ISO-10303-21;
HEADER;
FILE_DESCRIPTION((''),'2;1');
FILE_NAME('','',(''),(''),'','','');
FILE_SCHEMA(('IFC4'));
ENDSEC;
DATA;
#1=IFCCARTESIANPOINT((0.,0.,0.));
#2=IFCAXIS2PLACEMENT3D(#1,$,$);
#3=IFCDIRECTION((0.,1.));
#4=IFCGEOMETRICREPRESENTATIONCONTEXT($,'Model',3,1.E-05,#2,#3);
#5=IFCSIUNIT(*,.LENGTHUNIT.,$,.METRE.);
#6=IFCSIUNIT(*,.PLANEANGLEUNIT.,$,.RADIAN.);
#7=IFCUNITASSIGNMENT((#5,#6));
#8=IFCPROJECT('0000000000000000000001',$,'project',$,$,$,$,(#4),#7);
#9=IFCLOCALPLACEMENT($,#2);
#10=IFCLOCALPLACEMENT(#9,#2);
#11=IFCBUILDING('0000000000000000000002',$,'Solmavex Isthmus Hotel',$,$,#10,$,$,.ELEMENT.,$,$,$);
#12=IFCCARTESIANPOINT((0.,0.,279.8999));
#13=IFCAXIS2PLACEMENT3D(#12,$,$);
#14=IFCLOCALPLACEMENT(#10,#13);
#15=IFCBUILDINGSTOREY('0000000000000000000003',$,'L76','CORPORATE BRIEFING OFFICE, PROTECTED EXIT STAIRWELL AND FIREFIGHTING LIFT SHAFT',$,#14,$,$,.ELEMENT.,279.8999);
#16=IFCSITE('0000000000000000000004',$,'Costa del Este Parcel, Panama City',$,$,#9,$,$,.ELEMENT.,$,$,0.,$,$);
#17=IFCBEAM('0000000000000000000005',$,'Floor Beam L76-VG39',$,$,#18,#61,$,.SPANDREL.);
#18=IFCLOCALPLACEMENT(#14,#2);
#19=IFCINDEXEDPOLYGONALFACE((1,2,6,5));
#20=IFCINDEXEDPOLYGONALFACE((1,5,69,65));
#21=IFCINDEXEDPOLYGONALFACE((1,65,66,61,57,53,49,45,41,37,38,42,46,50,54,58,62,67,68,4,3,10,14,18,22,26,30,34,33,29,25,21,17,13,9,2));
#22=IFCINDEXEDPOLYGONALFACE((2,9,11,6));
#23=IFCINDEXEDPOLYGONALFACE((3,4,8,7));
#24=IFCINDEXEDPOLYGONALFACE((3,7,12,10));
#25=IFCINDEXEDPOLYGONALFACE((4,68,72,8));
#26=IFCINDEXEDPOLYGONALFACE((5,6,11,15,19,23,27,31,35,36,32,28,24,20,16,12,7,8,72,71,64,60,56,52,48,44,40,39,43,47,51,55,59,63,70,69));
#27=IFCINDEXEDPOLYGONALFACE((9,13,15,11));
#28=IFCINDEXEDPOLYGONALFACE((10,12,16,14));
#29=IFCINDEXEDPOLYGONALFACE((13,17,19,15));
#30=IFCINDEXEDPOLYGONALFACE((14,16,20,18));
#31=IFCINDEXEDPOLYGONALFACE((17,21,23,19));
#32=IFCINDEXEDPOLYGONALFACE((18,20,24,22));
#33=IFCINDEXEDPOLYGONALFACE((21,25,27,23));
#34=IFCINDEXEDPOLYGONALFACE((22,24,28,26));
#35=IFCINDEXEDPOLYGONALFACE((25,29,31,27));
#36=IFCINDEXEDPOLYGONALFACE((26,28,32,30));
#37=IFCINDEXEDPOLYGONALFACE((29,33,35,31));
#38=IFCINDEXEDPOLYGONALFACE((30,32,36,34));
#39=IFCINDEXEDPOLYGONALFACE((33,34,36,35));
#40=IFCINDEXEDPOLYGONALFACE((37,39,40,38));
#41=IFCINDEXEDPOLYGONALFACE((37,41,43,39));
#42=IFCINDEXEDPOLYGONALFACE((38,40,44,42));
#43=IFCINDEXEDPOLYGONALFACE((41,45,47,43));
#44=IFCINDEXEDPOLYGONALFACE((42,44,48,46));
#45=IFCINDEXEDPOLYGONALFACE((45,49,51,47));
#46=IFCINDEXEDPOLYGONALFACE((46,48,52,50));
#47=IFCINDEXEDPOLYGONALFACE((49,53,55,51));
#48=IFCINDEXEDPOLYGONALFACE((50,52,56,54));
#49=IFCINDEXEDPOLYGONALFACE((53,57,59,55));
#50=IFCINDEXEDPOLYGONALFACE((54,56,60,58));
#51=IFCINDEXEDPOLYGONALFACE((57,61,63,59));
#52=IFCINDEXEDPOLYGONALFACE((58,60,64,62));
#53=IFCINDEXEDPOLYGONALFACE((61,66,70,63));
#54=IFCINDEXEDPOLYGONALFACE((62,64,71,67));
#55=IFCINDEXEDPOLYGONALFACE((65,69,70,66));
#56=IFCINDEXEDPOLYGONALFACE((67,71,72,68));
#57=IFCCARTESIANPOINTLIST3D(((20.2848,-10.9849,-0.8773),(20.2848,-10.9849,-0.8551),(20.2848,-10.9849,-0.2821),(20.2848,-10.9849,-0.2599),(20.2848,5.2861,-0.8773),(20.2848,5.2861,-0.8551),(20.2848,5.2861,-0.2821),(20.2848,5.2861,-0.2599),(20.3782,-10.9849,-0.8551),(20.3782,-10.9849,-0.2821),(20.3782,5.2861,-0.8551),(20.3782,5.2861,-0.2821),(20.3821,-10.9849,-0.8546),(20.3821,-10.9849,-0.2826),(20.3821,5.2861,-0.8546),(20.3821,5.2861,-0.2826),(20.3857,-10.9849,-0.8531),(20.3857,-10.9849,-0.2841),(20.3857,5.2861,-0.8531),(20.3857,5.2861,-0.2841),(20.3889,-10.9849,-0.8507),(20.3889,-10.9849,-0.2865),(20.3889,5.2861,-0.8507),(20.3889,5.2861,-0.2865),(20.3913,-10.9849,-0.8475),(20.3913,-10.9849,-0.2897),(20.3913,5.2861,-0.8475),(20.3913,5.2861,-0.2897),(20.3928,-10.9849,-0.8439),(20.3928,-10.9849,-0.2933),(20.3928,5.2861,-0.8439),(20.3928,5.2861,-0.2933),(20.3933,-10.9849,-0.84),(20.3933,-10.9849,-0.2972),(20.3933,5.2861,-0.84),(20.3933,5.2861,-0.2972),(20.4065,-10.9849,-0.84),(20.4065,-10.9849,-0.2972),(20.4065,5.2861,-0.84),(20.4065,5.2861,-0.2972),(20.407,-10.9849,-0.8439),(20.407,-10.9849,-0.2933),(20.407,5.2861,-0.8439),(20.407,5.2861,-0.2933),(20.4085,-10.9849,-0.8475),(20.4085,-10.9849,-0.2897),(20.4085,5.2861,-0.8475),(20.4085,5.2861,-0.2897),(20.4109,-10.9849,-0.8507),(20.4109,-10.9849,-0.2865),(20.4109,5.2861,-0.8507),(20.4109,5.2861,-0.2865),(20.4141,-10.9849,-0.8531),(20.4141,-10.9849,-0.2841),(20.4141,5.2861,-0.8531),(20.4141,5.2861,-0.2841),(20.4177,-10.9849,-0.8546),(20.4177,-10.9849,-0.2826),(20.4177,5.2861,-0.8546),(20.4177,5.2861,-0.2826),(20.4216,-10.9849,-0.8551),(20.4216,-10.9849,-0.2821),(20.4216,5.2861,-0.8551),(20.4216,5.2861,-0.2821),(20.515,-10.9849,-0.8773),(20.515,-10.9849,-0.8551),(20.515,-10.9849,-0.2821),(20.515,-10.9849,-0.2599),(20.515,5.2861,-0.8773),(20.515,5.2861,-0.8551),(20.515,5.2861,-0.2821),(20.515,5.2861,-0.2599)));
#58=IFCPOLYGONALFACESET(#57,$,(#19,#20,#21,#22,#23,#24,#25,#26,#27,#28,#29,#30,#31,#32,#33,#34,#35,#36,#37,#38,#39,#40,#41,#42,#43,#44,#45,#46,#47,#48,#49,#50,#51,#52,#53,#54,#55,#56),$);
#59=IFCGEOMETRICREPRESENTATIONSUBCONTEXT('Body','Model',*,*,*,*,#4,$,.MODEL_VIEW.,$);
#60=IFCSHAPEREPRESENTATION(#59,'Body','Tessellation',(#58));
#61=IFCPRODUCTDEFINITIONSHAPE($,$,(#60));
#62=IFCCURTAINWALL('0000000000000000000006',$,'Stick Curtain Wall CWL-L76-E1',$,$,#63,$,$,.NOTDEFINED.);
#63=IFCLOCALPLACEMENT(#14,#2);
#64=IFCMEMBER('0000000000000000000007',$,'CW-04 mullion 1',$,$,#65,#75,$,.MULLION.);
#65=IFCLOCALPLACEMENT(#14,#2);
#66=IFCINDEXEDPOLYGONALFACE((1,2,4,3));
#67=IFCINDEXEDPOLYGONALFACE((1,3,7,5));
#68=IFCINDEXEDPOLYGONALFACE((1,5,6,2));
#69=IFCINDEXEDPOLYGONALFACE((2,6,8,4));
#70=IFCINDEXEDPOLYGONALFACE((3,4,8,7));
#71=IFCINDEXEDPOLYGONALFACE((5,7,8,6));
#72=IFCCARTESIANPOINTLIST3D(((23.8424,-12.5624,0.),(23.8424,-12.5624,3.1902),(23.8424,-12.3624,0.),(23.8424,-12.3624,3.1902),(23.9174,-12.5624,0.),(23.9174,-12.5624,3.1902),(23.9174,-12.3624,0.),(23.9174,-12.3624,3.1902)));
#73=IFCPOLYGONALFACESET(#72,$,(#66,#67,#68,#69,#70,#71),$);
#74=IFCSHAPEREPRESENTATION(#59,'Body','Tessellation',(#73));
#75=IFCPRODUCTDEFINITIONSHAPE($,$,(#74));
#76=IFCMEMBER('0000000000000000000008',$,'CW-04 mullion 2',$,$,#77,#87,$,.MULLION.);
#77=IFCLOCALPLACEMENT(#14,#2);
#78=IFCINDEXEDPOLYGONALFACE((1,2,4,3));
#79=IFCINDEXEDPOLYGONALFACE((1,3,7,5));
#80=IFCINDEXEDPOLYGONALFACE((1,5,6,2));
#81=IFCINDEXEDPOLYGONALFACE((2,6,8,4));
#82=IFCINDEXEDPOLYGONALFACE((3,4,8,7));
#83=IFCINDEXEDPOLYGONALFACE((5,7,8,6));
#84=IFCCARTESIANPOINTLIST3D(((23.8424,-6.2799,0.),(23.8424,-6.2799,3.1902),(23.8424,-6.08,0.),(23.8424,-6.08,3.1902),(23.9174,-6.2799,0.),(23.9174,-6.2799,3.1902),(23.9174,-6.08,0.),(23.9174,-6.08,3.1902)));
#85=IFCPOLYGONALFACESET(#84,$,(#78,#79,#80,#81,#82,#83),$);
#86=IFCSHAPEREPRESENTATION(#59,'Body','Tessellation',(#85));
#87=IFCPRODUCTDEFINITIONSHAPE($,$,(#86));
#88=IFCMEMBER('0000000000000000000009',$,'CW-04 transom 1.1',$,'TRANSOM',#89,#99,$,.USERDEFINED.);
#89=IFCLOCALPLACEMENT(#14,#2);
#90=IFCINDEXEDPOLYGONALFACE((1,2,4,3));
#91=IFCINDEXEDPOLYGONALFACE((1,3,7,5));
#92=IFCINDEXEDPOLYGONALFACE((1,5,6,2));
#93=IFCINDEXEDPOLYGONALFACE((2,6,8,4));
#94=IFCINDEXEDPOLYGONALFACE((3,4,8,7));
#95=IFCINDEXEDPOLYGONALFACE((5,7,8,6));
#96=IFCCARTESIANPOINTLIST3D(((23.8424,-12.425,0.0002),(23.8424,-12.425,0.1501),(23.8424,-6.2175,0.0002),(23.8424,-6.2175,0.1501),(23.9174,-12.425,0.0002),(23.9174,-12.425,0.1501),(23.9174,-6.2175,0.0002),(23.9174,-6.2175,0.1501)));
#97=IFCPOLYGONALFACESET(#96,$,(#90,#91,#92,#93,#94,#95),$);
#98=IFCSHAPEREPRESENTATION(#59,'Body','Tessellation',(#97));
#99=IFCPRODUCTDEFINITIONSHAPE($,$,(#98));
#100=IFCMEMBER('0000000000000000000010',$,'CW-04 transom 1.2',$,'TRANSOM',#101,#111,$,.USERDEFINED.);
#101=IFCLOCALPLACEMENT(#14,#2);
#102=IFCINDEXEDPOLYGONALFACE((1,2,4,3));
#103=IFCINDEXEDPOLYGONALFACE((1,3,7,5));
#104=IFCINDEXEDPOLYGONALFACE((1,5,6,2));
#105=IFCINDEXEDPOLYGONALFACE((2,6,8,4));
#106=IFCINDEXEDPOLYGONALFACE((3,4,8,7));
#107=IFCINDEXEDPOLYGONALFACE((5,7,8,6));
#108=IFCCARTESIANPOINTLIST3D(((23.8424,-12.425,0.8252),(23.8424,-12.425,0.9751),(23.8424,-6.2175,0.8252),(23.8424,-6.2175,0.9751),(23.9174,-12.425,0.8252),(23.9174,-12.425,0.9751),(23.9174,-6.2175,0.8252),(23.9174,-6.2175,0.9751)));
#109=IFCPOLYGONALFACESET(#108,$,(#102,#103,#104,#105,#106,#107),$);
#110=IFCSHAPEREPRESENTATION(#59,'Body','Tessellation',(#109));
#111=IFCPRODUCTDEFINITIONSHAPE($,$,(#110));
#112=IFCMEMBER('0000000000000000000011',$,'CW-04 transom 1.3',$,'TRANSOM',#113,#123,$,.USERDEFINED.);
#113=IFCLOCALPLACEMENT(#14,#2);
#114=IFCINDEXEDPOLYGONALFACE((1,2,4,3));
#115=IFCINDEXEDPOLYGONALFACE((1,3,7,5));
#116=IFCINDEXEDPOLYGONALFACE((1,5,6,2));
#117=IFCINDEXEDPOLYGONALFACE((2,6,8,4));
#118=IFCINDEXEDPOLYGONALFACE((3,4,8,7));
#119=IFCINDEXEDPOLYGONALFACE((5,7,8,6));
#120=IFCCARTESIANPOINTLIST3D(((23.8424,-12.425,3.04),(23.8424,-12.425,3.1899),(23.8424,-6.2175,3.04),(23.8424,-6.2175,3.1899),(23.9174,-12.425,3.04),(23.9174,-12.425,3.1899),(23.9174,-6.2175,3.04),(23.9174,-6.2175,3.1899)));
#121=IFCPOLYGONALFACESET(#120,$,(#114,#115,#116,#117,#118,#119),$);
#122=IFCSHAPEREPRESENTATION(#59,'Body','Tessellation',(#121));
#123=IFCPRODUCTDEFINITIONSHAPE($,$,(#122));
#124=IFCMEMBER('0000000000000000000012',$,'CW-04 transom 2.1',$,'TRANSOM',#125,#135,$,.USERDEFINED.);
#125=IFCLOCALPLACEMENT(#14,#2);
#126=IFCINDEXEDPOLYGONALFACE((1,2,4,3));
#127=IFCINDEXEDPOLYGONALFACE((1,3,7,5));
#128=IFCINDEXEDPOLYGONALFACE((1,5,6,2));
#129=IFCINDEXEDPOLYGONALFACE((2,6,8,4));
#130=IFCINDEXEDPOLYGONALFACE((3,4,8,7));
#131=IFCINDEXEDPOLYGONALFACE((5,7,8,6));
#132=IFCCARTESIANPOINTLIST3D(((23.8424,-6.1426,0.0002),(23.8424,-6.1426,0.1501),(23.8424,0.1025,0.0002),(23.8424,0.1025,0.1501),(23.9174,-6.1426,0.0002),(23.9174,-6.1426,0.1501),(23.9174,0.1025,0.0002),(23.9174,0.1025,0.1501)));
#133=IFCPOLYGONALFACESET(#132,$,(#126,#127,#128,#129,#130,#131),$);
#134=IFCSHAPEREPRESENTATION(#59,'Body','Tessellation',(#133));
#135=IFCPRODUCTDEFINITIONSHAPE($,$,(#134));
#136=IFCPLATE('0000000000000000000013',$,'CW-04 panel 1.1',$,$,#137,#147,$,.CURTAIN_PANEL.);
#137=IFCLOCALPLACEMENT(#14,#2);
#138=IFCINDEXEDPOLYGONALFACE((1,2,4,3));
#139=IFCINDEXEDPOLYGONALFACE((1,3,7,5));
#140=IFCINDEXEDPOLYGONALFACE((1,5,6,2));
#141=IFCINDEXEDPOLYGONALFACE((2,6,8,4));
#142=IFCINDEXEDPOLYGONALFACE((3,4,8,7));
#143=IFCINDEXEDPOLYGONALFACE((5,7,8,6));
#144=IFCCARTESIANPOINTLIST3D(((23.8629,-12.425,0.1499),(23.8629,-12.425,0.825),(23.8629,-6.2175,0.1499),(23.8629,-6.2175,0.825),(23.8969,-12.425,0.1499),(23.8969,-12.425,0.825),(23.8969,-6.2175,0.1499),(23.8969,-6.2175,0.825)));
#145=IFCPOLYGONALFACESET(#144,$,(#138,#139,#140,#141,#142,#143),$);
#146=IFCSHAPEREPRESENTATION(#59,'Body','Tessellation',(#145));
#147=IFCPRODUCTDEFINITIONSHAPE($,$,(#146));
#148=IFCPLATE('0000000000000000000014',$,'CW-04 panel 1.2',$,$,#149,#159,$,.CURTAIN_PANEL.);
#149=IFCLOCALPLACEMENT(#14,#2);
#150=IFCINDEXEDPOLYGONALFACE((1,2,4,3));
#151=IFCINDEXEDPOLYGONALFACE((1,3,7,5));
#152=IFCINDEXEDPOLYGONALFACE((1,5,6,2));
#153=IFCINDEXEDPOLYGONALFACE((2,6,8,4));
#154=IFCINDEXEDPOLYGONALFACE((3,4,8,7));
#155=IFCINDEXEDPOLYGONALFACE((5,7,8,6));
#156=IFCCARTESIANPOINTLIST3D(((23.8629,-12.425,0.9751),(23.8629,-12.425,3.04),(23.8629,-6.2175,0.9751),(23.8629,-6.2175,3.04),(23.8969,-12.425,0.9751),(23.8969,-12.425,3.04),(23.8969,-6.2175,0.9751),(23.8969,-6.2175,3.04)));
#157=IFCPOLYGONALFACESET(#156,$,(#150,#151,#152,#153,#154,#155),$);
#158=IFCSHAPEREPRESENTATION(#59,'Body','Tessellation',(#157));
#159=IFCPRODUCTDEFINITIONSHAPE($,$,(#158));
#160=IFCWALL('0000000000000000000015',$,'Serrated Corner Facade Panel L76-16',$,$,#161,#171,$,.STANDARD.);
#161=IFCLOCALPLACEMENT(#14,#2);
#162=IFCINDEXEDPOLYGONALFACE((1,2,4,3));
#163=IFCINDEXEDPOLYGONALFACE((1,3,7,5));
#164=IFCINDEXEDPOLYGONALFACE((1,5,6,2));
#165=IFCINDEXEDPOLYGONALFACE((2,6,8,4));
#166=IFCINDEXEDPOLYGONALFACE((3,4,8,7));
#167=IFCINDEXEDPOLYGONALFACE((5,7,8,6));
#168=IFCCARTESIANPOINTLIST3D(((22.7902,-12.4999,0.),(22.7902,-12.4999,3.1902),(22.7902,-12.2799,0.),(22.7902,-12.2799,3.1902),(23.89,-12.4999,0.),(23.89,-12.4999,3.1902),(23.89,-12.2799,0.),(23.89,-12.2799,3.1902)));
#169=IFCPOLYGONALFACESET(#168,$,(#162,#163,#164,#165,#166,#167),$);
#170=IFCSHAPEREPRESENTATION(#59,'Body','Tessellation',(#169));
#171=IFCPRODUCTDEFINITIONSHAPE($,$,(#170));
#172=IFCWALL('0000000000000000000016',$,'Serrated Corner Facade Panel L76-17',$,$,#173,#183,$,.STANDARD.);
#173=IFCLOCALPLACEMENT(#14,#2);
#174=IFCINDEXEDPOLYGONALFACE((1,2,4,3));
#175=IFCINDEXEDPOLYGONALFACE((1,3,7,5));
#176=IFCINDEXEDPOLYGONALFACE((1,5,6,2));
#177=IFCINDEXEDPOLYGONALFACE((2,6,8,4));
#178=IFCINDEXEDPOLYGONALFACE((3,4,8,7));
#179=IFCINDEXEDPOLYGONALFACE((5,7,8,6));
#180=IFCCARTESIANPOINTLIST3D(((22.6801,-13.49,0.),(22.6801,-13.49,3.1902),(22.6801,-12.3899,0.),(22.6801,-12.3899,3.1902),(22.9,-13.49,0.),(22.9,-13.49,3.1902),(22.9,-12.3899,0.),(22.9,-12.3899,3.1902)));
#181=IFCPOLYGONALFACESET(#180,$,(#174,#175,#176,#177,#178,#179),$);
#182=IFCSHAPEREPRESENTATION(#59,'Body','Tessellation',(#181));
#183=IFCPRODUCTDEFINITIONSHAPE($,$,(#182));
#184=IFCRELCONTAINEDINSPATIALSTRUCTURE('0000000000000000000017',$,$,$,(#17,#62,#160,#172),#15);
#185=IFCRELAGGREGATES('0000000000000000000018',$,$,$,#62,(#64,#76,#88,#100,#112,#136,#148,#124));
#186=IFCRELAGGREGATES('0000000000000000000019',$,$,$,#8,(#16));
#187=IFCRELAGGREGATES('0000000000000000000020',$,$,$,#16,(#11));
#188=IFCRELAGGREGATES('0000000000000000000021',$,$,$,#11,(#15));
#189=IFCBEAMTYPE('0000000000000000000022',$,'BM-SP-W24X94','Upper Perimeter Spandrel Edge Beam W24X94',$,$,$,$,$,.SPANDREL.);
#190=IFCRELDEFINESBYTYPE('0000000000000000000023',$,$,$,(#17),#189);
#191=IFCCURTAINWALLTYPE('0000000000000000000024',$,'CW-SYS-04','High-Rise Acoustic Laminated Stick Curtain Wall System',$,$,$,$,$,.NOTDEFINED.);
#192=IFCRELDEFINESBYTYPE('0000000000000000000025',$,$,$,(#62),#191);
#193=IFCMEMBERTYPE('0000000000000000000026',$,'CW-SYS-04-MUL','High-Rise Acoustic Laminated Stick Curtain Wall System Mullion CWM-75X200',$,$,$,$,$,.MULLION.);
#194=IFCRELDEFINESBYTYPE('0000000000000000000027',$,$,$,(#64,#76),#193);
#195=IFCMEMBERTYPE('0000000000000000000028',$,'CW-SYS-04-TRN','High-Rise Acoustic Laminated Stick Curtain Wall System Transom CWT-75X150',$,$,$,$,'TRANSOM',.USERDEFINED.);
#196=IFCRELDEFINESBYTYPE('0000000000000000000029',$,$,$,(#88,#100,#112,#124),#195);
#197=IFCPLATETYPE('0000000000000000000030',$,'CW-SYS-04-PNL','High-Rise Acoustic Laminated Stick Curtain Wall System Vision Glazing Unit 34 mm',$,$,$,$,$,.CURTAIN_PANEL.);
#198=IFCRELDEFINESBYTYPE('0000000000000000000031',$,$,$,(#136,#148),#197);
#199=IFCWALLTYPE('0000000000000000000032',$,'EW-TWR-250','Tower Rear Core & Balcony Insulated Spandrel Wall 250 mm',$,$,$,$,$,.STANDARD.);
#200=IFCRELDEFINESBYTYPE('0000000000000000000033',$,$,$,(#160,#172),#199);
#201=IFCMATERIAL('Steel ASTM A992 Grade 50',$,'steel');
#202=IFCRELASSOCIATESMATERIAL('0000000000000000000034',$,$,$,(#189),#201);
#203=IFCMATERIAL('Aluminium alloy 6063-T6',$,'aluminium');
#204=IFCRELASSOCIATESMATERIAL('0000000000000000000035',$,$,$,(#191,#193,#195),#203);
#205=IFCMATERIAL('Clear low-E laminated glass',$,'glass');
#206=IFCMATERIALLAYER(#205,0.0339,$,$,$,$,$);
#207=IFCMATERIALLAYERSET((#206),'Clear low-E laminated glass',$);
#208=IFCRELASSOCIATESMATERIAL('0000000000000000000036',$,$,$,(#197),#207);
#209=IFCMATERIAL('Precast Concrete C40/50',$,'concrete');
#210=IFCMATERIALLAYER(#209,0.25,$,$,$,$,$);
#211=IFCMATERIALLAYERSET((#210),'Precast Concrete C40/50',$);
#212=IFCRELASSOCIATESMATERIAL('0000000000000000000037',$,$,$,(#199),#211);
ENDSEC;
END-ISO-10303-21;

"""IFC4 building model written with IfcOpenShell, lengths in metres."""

from ifc_helpers import new_model, si_unit, direction, frame, frame_2d, origin, origin_2d, place, context, subcontext, project, spatial, rectangle, i_section, extrude, material, layer, layer_set, material_profile, profile_set, type_object, element, aggregate, save


model = new_model("IFC4")

# Units and contexts
model_context = context("Model", 3, precision=1e-05, world=origin(), true_north=direction((0.0, 1.0)))
body_context = subcontext(model_context, "Body", "Model", "MODEL_VIEW")
ifc_project = project(units=[si_unit("LENGTHUNIT", "METRE"), si_unit("PLANEANGLEUNIT", "RADIAN")], contexts=[model_context])

# Site, building, storey
site_placement = place(None, origin())
site = spatial("IfcSite", under=ifc_project, at=site_placement, Name="Costa del Este Parcel, Panama City", CompositionType="ELEMENT", RefElevation=0.0)
building_placement = place(site_placement, origin())
building = spatial("IfcBuilding", under=site, at=building_placement, Name="Solmavex Isthmus Hotel", CompositionType="ELEMENT")
storey_placement = place(building_placement, frame((0.0, 0.0, 279.8999)))
storey = spatial("IfcBuildingStorey", under=building, at=storey_placement, Name="L76", Description="CORPORATE BRIEFING OFFICE, PROTECTED EXIT STAIRWELL AND FIREFIGHTING LIFT SHAFT", CompositionType="ELEMENT", Elevation=279.8999)

# Beam
ifc_material_1 = material(Name="Steel ASTM A992 Grade 50", Category="steel")
ifc_material_profile_1 = material_profile(ifc_material_1, i_section(OverallWidth=0.2302, OverallDepth=0.6174, WebThickness=0.0132, FlangeThickness=0.0222, FilletRadius=0.0151, at=origin_2d()), Name="W24X94")
ifc_profile_set_1 = profile_set([ifc_material_profile_1], Name="Steel ASTM A992 Grade 50")
beam_type_1 = type_object("IfcBeamType", Name="BM-SP-W24X94", Description="Upper Perimeter Spandrel Edge Beam W24X94", PredefinedType="SPANDREL", material=ifc_profile_set_1)
beam_1_placement = place(storey_placement, frame((20.3999, -10.9849, -0.5686), z_axis=(0.0, 1.0, 0.0), x_axis=(-1.0, 0.0, 0.0)))
element("IfcBeam", 1, at=beam_1_placement, inside=storey, type_object=beam_type_1, Name="Floor Beam L76-VG39", PredefinedType="SPANDREL", context=body_context, shape_type="SweptSolid", body=[
    extrude(i_section(OverallWidth=0.2302, OverallDepth=0.6174, WebThickness=0.0132, FlangeThickness=0.0222, FilletRadius=0.0151, at=origin_2d()), origin(), (0.0, 0.0, 1.0), 16.271),
])

# Curtain wall, members, plates
ifc_material_2 = material(Name="Aluminium alloy 6063-T6", Category="aluminium")
curtain_wall_type = type_object("IfcCurtainWallType", Name="CW-SYS-04", Description="High-Rise Acoustic Laminated Stick Curtain Wall System", PredefinedType="NOTDEFINED", material=ifc_material_2)
curtain_wall_placement = place(storey_placement, origin())
curtain_wall = element("IfcCurtainWall", 2, at=curtain_wall_placement, inside=storey, type_object=curtain_wall_type, Name="Stick Curtain Wall CWL-L76-E1", PredefinedType="NOTDEFINED")
ifc_material_profile_2 = material_profile(ifc_material_2, rectangle(XDim=0.075, YDim=0.2, at=origin_2d()), Name="CWM-75X200")
ifc_profile_set_2 = profile_set([ifc_material_profile_2], Name="Aluminium alloy 6063-T6")
member_type_1 = type_object("IfcMemberType", Name="CW-SYS-04-MUL", Description="High-Rise Acoustic Laminated Stick Curtain Wall System Mullion CWM-75X200", PredefinedType="MULLION", material=ifc_profile_set_2)
member_1_placement = place(storey_placement, frame((23.8799, -12.4624, 0.0), z_axis=(0.0, 0.0, 1.0), x_axis=(-1.0, 0.0, 0.0)))
member_1 = element("IfcMember", 3, at=member_1_placement, type_object=member_type_1, Name="CW-04 mullion 1", PredefinedType="MULLION", context=body_context, shape_type="SweptSolid", body=[
    extrude(rectangle(XDim=0.075, YDim=0.2, at=origin_2d()), origin(), (0.0, 0.0, 1.0), 3.1902),
])
member_2_placement = place(storey_placement, frame((23.8799, -6.1799, 0.0), z_axis=(0.0, 0.0, 1.0), x_axis=(-1.0, 0.0, 0.0)))
member_2 = element("IfcMember", 4, at=member_2_placement, type_object=member_type_1, Name="CW-04 mullion 2", PredefinedType="MULLION", context=body_context, shape_type="SweptSolid", body=[
    extrude(rectangle(XDim=0.075, YDim=0.2, at=origin_2d()), origin(), (0.0, 0.0, 1.0), 3.1902),
])
ifc_material_profile_3 = material_profile(ifc_material_2, rectangle(XDim=0.075, YDim=0.1499, at=origin_2d()), Name="CWT-75X150")
ifc_profile_set_3 = profile_set([ifc_material_profile_3], Name="Aluminium alloy 6063-T6")
member_type_2 = type_object("IfcMemberType", Name="CW-SYS-04-TRN", Description="High-Rise Acoustic Laminated Stick Curtain Wall System Transom CWT-75X150", ElementType="TRANSOM", PredefinedType="USERDEFINED", material=ifc_profile_set_3)
member_3_placement = place(storey_placement, frame((23.8799, -12.425, 0.0752), z_axis=(0.0, 1.0, 0.0), x_axis=(-1.0, 0.0, 0.0)))
member_3 = element("IfcMember", 5, at=member_3_placement, type_object=member_type_2, Name="CW-04 transom 1.1", ObjectType="TRANSOM", PredefinedType="USERDEFINED", context=body_context, shape_type="SweptSolid", body=[
    extrude(rectangle(XDim=0.075, YDim=0.1499, at=origin_2d()), origin(), (0.0, 0.0, 1.0), 6.2075),
])
member_4_placement = place(storey_placement, frame((23.8799, -12.425, 0.9001), z_axis=(0.0, 1.0, 0.0), x_axis=(-1.0, 0.0, 0.0)))
member_4 = element("IfcMember", 6, at=member_4_placement, type_object=member_type_2, Name="CW-04 transom 1.2", ObjectType="TRANSOM", PredefinedType="USERDEFINED", context=body_context, shape_type="SweptSolid", body=[
    extrude(rectangle(XDim=0.075, YDim=0.1499, at=origin_2d()), origin(), (0.0, 0.0, 1.0), 6.2075),
])
member_5_placement = place(storey_placement, frame((23.8799, -12.425, 3.115), z_axis=(0.0, 1.0, 0.0), x_axis=(-1.0, 0.0, 0.0)))
member_5 = element("IfcMember", 7, at=member_5_placement, type_object=member_type_2, Name="CW-04 transom 1.3", ObjectType="TRANSOM", PredefinedType="USERDEFINED", context=body_context, shape_type="SweptSolid", body=[
    extrude(rectangle(XDim=0.075, YDim=0.1499, at=origin_2d()), origin(), (0.0, 0.0, 1.0), 6.2075),
])
member_6_placement = place(storey_placement, frame((23.8799, -6.1426, 0.0752), z_axis=(0.0, 1.0, 0.0), x_axis=(-1.0, 0.0, 0.0)))
member_6 = element("IfcMember", 8, at=member_6_placement, type_object=member_type_2, Name="CW-04 transom 2.1", ObjectType="TRANSOM", PredefinedType="USERDEFINED", context=body_context, shape_type="SweptSolid", body=[
    extrude(rectangle(XDim=0.075, YDim=0.1499, at=origin_2d()), origin(), (0.0, 0.0, 1.0), 6.2451),
])
ifc_material_3 = material(Name="Clear low-E laminated glass", Category="glass")
ifc_layer_1 = layer(ifc_material_3, 0.0339)
ifc_layer_set_1 = layer_set([ifc_layer_1], Name="Clear low-E laminated glass")
plate_type = type_object("IfcPlateType", Name="CW-SYS-04-PNL", Description="High-Rise Acoustic Laminated Stick Curtain Wall System Vision Glazing Unit 34 mm", PredefinedType="CURTAIN_PANEL", material=ifc_layer_set_1)
plate_1_placement = place(storey_placement, frame((23.8799, -9.3213, 0.1499), z_axis=(0.0, 0.0, 1.0), x_axis=(0.0, 1.0, 0.0)))
plate_1 = element("IfcPlate", 9, at=plate_1_placement, type_object=plate_type, Name="CW-04 panel 1.1", PredefinedType="CURTAIN_PANEL", context=body_context, shape_type="SweptSolid", body=[
    extrude(rectangle(XDim=6.2075, YDim=0.0339, at=origin_2d()), origin(), (0.0, 0.0, 1.0), 0.675),
])
plate_2_placement = place(storey_placement, frame((23.8799, -9.3213, 0.9751), z_axis=(0.0, 0.0, 1.0), x_axis=(0.0, 1.0, 0.0)))
plate_2 = element("IfcPlate", 10, at=plate_2_placement, type_object=plate_type, Name="CW-04 panel 1.2", PredefinedType="CURTAIN_PANEL", context=body_context, shape_type="SweptSolid", body=[
    extrude(rectangle(XDim=6.2075, YDim=0.0339, at=origin_2d()), origin(), (0.0, 0.0, 1.0), 2.0649),
])
aggregate(curtain_wall, [member_1, member_2, member_3, member_4, member_5, plate_1, plate_2, member_6])

# Walls
ifc_material_4 = material(Name="Precast Concrete C40/50", Category="concrete")
ifc_layer_2 = layer(ifc_material_4, 0.25)
ifc_layer_set_2 = layer_set([ifc_layer_2], Name="Precast Concrete C40/50")
wall_type_1 = type_object("IfcWallType", Name="EW-TWR-250", Description="Tower Rear Core & Balcony Insulated Spandrel Wall 250 mm", PredefinedType="STANDARD", material=ifc_layer_set_2)
wall_1_placement = place(storey_placement, frame((23.8899, -12.3899, 0.0), z_axis=(0.0, 0.0, 1.0), x_axis=(-1.0, 0.0, 0.0)))
element("IfcWall", 11, at=wall_1_placement, inside=storey, type_object=wall_type_1, Name="Serrated Corner Facade Panel L76-16", PredefinedType="STANDARD", context=body_context, shape_type="SweptSolid", body=[
    extrude(rectangle(XDim=1.0999, YDim=0.22, at=frame_2d((0.5498, 0.0))), origin(), (0.0, 0.0, 1.0), 3.1902),
])
for number, where, z_axis, x_axis, name in (
    (12, (22.79, -12.3899, 0.0), (0.0, 0.0, 1.0), (0.0, -1.0, 0.0), "Serrated Corner Facade Panel L76-17"),
):
    element("IfcWall", number, at=place(storey_placement, frame(where, z_axis=z_axis, x_axis=x_axis)), inside=storey, type_object=wall_type_1, Name=name, PredefinedType="STANDARD", context=body_context, shape_type="SweptSolid", body=[
        extrude(rectangle(XDim=1.1001, YDim=0.22, at=frame_2d((0.55, 0.0))), origin(), (0.0, 0.0, 1.0), 3.1902),
    ])

save(model, "model.ifc")
